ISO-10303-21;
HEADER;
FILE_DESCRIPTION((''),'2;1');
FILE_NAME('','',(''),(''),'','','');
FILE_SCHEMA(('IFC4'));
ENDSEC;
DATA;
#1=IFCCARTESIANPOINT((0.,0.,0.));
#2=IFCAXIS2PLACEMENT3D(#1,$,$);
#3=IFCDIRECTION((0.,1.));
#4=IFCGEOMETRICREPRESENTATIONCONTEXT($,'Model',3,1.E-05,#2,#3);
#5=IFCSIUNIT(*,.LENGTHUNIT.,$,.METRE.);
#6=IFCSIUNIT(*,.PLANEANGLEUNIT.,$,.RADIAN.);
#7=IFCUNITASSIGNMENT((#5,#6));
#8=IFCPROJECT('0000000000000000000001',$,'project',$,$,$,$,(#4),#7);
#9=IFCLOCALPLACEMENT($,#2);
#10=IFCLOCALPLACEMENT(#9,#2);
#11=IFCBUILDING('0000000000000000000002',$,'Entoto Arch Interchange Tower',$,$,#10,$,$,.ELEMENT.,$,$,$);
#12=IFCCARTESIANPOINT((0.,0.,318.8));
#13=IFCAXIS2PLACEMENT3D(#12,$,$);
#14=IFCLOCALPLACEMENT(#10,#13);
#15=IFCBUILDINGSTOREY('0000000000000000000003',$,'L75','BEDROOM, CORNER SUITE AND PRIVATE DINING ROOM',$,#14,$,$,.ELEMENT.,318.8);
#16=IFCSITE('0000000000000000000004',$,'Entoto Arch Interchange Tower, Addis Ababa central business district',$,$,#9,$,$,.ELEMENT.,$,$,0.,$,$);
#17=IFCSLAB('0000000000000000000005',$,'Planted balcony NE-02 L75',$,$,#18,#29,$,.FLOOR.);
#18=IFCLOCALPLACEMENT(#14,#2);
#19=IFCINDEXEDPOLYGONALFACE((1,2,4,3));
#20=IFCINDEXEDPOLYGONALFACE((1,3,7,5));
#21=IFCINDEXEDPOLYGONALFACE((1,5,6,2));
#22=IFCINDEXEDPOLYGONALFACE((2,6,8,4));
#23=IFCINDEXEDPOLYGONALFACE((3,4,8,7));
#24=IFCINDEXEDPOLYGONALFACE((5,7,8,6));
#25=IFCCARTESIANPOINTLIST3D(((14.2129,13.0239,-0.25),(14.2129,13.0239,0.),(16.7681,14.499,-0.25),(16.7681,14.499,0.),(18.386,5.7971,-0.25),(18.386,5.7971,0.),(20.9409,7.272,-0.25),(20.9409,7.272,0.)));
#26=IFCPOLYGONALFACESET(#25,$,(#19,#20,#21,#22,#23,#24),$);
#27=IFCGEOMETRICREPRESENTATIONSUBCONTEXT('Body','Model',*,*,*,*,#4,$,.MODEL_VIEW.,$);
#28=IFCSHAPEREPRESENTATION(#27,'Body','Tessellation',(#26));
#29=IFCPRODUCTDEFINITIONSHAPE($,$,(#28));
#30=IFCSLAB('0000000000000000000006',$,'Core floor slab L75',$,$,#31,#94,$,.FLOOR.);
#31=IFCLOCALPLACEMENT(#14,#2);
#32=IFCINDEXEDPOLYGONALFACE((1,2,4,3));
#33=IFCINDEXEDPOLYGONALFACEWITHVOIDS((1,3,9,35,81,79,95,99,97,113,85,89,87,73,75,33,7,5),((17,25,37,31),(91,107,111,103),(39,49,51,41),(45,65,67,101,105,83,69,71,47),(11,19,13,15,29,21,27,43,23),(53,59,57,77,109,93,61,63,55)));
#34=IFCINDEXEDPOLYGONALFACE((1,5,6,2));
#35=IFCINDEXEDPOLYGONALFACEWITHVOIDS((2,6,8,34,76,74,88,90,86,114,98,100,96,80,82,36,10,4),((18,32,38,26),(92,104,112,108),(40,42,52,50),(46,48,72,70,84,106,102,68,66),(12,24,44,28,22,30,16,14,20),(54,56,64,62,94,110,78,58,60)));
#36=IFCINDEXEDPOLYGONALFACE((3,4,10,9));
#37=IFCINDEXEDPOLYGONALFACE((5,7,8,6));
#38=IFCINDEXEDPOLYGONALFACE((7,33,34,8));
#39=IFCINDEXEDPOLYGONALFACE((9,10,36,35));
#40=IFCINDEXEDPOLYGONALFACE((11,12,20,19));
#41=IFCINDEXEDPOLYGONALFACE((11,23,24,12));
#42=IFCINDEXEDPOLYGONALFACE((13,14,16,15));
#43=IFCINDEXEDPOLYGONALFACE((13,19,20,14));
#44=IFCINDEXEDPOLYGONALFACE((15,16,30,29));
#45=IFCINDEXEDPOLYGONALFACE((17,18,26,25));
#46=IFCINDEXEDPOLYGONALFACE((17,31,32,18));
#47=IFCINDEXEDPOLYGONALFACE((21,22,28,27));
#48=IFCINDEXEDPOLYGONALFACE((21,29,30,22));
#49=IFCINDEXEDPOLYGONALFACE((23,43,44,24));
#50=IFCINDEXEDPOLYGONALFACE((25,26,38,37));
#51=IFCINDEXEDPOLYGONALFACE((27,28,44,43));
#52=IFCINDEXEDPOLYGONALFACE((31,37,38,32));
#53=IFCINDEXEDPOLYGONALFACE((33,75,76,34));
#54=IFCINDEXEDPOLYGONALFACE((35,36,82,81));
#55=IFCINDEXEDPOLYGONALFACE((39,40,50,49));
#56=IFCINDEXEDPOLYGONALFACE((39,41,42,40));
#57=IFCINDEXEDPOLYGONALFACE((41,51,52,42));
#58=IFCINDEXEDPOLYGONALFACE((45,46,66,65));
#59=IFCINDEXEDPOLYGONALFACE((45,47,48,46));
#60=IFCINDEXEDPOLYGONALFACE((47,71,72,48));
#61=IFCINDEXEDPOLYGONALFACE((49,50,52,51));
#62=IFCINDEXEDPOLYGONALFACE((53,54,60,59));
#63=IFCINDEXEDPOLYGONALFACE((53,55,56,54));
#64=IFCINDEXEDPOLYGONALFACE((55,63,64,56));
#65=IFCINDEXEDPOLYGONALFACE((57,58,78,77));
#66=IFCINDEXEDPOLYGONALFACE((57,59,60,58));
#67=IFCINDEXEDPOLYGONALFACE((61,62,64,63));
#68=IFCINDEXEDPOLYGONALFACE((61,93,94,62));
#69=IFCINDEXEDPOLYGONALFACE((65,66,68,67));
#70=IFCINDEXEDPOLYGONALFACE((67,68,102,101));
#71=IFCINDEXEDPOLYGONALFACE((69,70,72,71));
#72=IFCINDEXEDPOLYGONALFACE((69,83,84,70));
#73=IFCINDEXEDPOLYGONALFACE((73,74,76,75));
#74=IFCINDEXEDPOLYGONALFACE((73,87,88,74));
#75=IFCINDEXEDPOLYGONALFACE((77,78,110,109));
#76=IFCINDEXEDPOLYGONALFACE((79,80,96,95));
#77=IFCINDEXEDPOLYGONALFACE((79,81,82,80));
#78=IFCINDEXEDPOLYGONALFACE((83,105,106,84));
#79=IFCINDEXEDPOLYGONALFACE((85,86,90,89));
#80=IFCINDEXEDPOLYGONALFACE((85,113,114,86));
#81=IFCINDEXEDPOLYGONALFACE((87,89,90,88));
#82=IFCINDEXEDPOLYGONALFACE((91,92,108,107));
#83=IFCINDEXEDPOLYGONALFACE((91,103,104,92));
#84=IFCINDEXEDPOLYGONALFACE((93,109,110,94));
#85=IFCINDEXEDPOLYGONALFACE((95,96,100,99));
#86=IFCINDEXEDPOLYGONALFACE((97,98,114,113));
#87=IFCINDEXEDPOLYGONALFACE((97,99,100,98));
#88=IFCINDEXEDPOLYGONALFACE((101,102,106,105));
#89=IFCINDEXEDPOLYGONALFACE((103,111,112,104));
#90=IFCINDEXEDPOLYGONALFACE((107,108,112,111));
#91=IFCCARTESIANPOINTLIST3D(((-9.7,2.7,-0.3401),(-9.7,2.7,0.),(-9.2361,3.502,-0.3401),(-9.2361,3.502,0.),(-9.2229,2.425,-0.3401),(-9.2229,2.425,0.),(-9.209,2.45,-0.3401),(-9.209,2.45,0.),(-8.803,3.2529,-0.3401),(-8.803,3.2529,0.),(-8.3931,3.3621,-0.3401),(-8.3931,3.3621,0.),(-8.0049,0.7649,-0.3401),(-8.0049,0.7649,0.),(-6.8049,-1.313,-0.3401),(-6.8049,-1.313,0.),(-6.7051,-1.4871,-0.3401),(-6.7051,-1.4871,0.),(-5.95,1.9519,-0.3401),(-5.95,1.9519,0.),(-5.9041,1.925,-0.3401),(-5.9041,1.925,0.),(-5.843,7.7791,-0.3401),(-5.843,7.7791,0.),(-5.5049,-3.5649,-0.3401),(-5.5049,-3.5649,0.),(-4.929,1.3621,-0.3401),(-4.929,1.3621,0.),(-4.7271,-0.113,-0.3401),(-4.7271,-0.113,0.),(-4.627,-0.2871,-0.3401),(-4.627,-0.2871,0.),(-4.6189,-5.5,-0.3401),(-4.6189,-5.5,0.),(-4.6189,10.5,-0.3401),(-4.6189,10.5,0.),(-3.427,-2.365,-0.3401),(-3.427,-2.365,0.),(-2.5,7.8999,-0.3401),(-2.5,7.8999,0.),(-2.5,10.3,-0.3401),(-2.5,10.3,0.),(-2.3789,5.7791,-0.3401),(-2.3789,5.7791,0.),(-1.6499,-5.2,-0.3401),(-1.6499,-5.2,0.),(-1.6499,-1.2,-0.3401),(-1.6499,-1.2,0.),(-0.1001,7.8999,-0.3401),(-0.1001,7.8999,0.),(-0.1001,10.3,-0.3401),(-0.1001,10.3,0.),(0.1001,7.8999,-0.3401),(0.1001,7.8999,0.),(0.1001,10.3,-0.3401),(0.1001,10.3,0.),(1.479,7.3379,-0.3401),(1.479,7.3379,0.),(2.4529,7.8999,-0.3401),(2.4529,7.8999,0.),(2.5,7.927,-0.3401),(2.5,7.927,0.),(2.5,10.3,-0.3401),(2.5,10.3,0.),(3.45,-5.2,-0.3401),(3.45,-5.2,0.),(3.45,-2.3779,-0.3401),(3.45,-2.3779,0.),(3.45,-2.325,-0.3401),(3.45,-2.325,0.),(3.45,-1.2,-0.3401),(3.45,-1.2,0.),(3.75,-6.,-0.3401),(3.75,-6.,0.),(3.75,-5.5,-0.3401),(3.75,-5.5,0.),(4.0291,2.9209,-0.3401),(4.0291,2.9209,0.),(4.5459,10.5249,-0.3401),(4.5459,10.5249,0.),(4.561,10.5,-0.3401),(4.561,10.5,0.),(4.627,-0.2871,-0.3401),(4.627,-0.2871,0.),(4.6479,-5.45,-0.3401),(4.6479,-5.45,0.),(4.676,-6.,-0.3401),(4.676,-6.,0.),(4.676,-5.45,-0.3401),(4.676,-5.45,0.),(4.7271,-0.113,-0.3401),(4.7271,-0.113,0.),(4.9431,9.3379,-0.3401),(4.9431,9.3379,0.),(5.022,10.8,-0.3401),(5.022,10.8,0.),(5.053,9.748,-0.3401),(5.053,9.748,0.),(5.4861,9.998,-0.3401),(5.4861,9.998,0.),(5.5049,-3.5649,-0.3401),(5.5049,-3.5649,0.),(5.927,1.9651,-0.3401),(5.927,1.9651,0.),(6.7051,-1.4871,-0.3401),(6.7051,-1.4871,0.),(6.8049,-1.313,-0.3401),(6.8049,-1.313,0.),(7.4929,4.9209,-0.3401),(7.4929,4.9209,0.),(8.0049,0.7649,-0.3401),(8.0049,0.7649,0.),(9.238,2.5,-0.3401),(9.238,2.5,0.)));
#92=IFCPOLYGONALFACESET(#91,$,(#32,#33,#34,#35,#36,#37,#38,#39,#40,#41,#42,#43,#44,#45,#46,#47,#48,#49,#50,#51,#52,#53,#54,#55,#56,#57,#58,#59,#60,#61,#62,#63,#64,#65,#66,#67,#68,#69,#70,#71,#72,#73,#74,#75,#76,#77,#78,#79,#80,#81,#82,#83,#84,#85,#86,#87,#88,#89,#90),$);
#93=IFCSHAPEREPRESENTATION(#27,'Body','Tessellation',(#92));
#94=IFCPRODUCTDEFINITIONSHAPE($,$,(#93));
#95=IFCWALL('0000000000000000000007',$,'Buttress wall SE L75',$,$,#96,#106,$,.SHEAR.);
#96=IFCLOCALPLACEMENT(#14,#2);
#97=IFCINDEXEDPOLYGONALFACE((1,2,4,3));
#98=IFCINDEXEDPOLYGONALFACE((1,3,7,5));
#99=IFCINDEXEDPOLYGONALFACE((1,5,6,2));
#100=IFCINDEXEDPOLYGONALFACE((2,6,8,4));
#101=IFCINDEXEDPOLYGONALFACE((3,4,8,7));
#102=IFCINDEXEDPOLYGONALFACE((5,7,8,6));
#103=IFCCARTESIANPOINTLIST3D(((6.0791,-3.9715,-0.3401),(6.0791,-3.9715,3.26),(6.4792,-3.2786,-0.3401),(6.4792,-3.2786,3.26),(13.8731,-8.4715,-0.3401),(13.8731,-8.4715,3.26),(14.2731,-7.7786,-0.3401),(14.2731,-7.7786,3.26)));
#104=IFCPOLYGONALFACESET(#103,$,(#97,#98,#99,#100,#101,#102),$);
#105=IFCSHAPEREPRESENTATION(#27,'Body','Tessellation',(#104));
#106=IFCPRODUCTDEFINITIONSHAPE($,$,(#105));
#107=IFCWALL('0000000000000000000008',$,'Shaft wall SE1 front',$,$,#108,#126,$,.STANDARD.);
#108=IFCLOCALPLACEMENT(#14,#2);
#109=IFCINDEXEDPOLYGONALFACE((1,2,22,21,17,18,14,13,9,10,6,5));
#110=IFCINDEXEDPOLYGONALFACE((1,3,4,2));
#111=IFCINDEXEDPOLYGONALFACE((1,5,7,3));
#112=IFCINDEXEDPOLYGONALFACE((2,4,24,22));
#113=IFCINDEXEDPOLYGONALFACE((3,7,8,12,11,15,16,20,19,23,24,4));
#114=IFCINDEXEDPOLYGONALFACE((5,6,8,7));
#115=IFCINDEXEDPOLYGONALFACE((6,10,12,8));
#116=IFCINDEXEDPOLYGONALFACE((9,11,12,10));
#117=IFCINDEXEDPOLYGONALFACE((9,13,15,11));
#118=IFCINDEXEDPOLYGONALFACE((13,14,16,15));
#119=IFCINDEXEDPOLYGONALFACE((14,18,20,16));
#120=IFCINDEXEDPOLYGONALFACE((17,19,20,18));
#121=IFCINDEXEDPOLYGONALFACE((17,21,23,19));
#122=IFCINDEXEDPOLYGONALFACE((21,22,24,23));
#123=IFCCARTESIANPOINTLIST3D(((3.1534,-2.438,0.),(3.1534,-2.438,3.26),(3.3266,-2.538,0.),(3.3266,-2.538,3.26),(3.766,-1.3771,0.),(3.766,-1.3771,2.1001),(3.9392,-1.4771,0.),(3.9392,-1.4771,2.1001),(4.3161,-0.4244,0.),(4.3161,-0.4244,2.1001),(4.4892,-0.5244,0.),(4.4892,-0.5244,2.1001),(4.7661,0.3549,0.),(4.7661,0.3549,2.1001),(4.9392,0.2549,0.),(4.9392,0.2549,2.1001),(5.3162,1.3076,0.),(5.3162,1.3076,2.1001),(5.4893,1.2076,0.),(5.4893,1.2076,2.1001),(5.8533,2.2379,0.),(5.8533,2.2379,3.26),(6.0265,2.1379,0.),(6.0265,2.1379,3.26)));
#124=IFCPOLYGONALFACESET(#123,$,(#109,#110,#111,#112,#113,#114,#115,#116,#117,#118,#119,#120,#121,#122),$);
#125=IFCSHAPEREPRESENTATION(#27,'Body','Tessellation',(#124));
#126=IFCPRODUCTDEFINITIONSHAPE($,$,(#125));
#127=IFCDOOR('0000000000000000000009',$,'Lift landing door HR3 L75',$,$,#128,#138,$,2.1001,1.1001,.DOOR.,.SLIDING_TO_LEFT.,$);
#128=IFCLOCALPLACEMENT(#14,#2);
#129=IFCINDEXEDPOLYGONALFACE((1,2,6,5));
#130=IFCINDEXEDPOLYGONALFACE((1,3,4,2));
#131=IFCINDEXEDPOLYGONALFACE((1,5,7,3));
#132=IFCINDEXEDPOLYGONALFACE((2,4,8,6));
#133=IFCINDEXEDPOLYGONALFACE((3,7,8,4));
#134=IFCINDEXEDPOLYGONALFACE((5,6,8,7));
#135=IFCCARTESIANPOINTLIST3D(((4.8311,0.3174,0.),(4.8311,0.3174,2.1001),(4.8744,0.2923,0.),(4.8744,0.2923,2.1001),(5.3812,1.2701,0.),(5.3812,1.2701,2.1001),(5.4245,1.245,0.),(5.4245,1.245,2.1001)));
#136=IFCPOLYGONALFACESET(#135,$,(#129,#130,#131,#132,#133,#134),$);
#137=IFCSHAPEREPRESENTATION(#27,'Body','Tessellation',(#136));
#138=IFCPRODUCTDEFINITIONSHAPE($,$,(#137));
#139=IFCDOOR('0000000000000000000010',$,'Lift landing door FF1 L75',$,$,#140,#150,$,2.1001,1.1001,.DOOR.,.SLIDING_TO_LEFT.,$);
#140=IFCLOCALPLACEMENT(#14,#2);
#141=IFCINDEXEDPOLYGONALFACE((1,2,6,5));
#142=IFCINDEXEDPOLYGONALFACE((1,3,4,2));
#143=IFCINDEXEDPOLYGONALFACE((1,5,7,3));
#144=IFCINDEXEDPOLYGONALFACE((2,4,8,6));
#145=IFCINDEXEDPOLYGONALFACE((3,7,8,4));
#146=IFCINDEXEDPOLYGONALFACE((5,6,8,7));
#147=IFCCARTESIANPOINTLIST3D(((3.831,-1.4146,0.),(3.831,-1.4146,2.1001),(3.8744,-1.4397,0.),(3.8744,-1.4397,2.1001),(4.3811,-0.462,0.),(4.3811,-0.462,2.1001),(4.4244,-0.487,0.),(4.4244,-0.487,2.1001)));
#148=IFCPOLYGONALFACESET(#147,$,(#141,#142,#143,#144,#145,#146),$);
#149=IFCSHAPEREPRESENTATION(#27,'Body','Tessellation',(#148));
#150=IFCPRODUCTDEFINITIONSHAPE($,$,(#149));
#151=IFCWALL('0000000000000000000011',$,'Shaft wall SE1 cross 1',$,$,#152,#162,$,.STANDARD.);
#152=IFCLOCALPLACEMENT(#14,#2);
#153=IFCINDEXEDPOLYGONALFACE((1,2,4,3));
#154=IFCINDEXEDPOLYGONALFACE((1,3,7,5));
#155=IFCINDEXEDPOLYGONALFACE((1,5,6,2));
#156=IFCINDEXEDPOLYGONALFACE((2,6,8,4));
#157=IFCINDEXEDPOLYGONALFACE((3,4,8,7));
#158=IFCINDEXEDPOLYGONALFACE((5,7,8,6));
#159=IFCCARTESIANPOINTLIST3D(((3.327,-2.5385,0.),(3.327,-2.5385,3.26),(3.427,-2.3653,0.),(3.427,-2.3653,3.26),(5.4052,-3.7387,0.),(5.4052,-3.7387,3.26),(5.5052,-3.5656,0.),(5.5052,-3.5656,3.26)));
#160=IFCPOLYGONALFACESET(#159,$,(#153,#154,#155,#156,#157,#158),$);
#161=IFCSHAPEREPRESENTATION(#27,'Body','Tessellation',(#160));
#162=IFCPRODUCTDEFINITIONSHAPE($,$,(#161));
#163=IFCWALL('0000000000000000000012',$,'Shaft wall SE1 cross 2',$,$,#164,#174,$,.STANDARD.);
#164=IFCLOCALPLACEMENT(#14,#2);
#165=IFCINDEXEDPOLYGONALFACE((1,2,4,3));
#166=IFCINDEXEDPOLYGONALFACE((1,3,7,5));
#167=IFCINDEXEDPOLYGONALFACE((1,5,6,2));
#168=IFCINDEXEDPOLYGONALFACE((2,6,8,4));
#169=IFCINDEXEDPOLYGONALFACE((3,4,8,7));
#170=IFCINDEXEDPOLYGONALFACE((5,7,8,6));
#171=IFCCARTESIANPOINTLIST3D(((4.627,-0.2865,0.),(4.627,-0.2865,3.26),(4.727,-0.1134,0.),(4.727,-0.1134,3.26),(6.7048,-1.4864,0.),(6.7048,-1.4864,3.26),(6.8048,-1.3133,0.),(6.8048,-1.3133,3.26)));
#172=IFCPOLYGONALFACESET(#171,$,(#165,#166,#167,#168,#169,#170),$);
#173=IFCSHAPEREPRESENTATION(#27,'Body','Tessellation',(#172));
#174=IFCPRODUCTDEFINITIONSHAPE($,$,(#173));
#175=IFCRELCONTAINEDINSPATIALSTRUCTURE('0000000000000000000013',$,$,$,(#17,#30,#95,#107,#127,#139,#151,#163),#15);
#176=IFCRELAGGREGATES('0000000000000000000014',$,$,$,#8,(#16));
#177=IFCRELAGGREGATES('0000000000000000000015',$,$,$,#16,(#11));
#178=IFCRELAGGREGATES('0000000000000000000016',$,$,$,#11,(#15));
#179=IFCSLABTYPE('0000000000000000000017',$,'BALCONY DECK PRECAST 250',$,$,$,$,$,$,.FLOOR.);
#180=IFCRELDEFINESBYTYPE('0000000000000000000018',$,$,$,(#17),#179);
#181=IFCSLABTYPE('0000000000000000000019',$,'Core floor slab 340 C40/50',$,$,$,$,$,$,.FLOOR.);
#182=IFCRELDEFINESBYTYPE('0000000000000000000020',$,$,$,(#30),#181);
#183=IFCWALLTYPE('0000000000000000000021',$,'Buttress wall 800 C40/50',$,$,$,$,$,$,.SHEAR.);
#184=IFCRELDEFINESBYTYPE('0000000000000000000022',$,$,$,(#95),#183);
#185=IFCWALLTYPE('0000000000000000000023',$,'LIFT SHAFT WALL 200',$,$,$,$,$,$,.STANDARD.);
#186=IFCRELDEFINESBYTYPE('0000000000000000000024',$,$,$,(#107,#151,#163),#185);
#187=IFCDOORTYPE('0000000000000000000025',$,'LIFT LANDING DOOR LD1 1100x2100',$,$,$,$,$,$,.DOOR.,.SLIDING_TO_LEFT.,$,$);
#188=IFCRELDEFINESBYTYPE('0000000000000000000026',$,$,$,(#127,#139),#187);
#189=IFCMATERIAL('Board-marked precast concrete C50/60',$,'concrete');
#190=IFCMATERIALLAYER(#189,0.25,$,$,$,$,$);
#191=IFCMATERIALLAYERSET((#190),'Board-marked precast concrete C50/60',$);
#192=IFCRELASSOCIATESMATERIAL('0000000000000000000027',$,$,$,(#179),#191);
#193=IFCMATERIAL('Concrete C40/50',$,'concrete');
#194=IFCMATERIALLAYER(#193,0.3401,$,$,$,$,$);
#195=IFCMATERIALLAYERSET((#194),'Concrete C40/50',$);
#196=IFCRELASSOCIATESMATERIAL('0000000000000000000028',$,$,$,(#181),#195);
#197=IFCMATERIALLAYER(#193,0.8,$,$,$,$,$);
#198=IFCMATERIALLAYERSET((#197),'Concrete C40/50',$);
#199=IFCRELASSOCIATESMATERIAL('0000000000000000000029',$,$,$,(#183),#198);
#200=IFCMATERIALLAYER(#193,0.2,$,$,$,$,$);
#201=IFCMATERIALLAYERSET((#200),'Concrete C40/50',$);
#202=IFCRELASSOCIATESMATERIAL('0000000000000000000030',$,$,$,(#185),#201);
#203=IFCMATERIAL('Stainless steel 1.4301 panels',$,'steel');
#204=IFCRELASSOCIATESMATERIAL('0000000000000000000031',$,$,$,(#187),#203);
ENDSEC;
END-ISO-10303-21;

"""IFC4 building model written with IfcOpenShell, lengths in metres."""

from ifc_helpers import new_model, si_unit, direction, frame, frame_2d, origin, place, context, subcontext, project, spatial, polyline, rectangle, outline, extrude, material, layer, layer_set, type_object, element, fill, save


model = new_model("IFC4")

# Units and contexts
model_context = context("Model", 3, precision=1e-05, world=origin(), true_north=direction((0.0, 1.0)))
body_context = subcontext(model_context, "Body", "Model", "MODEL_VIEW")
ifc_project = project(units=[si_unit("LENGTHUNIT", "METRE"), si_unit("PLANEANGLEUNIT", "RADIAN")], contexts=[model_context])

# Site, building, storey
site_placement = place(None, origin())
site = spatial("IfcSite", under=ifc_project, at=site_placement, Name="Entoto Arch Interchange Tower, Addis Ababa central business district", CompositionType="ELEMENT", RefElevation=0.0)
building_placement = place(site_placement, origin())
building = spatial("IfcBuilding", under=site, at=building_placement, Name="Entoto Arch Interchange Tower", CompositionType="ELEMENT")
storey_placement = place(building_placement, frame((0.0, 0.0, 318.8)))
storey = spatial("IfcBuildingStorey", under=building, at=storey_placement, Name="L75", Description="BEDROOM, CORNER SUITE AND PRIVATE DINING ROOM", CompositionType="ELEMENT", Elevation=318.8)

# Slabs
ifc_material_1 = material(Name="Board-marked precast concrete C50/60", Category="concrete")
ifc_layer_1 = layer(ifc_material_1, 0.25)
ifc_layer_set_1 = layer_set([ifc_layer_1], Name="Board-marked precast concrete C50/60")
slab_type_1 = type_object("IfcSlabType", Name="BALCONY DECK PRECAST 250", PredefinedType="FLOOR", material=ifc_layer_set_1)
slab_1_placement = place(storey_placement, frame((0.0, 0.0, -0.25)))
element("IfcSlab", 1, at=slab_1_placement, inside=storey, type_object=slab_type_1, Name="Planted balcony NE-02 L75", PredefinedType="FLOOR", context=body_context, shape_type="SweptSolid", body=[
    extrude(outline(polyline([(18.386, 5.7971), (14.2129, 13.0239), (16.7681, 14.499), (20.9409, 7.272), (18.386, 5.7971)])), origin(), (0.0, 0.0, 1.0), 0.25),
])
ifc_material_2 = material(Name="Concrete C40/50", Category="concrete")
ifc_layer_2 = layer(ifc_material_2, 0.3401)
ifc_layer_set_2 = layer_set([ifc_layer_2], Name="Concrete C40/50")
slab_type_2 = type_object("IfcSlabType", Name="Core floor slab 340 C40/50", PredefinedType="FLOOR", material=ifc_layer_set_2)
slab_2_placement = place(storey_placement, frame((0.0, 0.0, -0.3401)))
element("IfcSlab", 2, at=slab_2_placement, inside=storey, type_object=slab_type_2, Name="Core floor slab L75", PredefinedType="FLOOR", context=body_context, shape_type="SweptSolid", body=[
    extrude(outline(polyline([(-9.209, 2.45), (-9.2229, 2.425), (-9.7, 2.7), (-9.2361, 3.502), (-8.803, 3.2529), (-4.6189, 10.5), (4.561, 10.5), (4.5459, 10.5249), (5.022, 10.8), (5.4861, 9.998), (5.053, 9.748), (9.238, 2.5), (4.6479, -5.45), (4.676, -5.45), (4.676, -6.0), (3.75, -6.0), (3.75, -5.5), (-4.6189, -5.5), (-9.209, 2.45)]), holes=[polyline([(-1.6499, -5.2), (3.45, -5.2), (3.45, -2.3779), (5.5049, -3.5649), (6.7051, -1.4871), (4.627, -0.2871), (3.45, -2.325), (3.45, -1.2), (-1.6499, -1.2), (-1.6499, -5.2)]), polyline([(-4.627, -0.2871), (-6.7051, -1.4871), (-5.5049, -3.5649), (-3.427, -2.365), (-4.627, -0.2871)]), polyline([(-5.9041, 1.925), (-4.929, 1.3621), (-2.3789, 5.7791), (-5.843, 7.7791), (-8.3931, 3.3621), (-5.95, 1.9519), (-8.0049, 0.7649), (-6.8049, -1.313), (-4.7271, -0.113), (-5.9041, 1.925)]), polyline([(4.7271, -0.113), (6.8049, -1.313), (8.0049, 0.7649), (5.927, 1.9651), (4.7271, -0.113)]), polyline([(2.5, 7.927), (2.5, 10.3), (0.1001, 10.3), (0.1001, 7.8999), (2.4529, 7.8999), (1.479, 7.3379), (4.0291, 2.9209), (7.4929, 4.9209), (4.9431, 9.3379), (2.5, 7.927)]), polyline([(-2.5, 7.8999), (-0.1001, 7.8999), (-0.1001, 10.3), (-2.5, 10.3), (-2.5, 7.8999)])]), origin(), (0.0, 0.0, 1.0), 0.3401),
])

# Wall
ifc_layer_3 = layer(ifc_material_2, 0.8)
ifc_layer_set_3 = layer_set([ifc_layer_3], Name="Concrete C40/50")
wall_type_1 = type_object("IfcWallType", Name="Buttress wall 800 C40/50", PredefinedType="SHEAR", material=ifc_layer_set_3)
wall_1_placement = place(storey_placement, frame((6.2791, -3.625, -0.3401), z_axis=(0.0, 0.0, 1.0), x_axis=(0.866018, -0.500014, 0.0)))
element("IfcWall", 3, at=wall_1_placement, inside=storey, type_object=wall_type_1, Name="Buttress wall SE L75", PredefinedType="SHEAR", context=body_context, shape_type="SweptSolid", body=[
    extrude(rectangle(XDim=8.9998, YDim=0.8, at=frame_2d((4.5, 0.0))), origin(), (0.0, 0.0, 1.0), 3.6001),
])

# Wall, openings, doors
ifc_layer_4 = layer(ifc_material_2, 0.2)
ifc_layer_set_4 = layer_set([ifc_layer_4], Name="Concrete C40/50")
wall_type_2 = type_object("IfcWallType", Name="LIFT SHAFT WALL 200", PredefinedType="STANDARD", material=ifc_layer_set_4)
wall_2_placement = place(storey_placement, frame((3.24, -2.488, 0.0), z_axis=(0.0, 0.0, 1.0), x_axis=(0.500034, 0.866006, 0.0)))
wall_2 = element("IfcWall", 4, at=wall_2_placement, inside=storey, type_object=wall_type_2, Name="Shaft wall SE1 front", PredefinedType="STANDARD", context=body_context, shape_type="SweptSolid", body=[
    extrude(rectangle(XDim=5.3994, YDim=0.2, at=frame_2d((2.6997, 0.0))), origin(), (0.0, 0.0, 1.0), 3.26),
])
opening_1_placement = place(wall_2_placement, frame((3.2251, 0.0, 0.0)))
opening_1 = element("IfcOpeningElement", 5, at=opening_1_placement, cuts=wall_2, PredefinedType="OPENING", context=body_context, shape_type="SweptSolid", body=[
    extrude(rectangle(XDim=1.1001, YDim=2.1001, at=frame_2d((0.55, 1.05))), frame((0.0, 0.1099, 0.0), z_axis=(0.0, -1.0, 0.0), x_axis=(1.0, 0.0, 0.0)), (0.0, 0.0, 1.0), 0.22),
])
opening_2_placement = place(wall_2_placement, frame((1.2251, 0.0, 0.0)))
opening_2 = element("IfcOpeningElement", 6, at=opening_2_placement, cuts=wall_2, PredefinedType="OPENING", context=body_context, shape_type="SweptSolid", body=[
    extrude(rectangle(XDim=1.1001, YDim=2.1001, at=frame_2d((0.55, 1.05))), frame((0.0, 0.1099, 0.0), z_axis=(0.0, -1.0, 0.0), x_axis=(1.0, 0.0, 0.0)), (0.0, 0.0, 1.0), 0.22),
])
ifc_material_3 = material(Name="Stainless steel 1.4301 panels", Category="steel")
door_type = type_object("IfcDoorType", Name="LIFT LANDING DOOR LD1 1100x2100", OperationType="SLIDING_TO_LEFT", PredefinedType="DOOR", material=ifc_material_3)
door_1_placement = place(opening_1_placement, origin())
door_1 = element("IfcDoor", 7, at=door_1_placement, inside=storey, type_object=door_type, Name="Lift landing door HR3 L75", OperationType="SLIDING_TO_LEFT", OverallHeight=2.1001, OverallWidth=1.1001, PredefinedType="DOOR", context=body_context, shape_type="SweptSolid", body=[
    extrude(rectangle(XDim=1.1001, YDim=2.1001, at=frame_2d((0.55, 1.05))), frame((0.0, 0.0249, 0.0), z_axis=(0.0, -1.0, 0.0), x_axis=(1.0, 0.0, 0.0)), (0.0, 0.0, 1.0), 0.05),
])
fill(opening_1, door_1)
door_2_placement = place(opening_2_placement, origin())
door_2 = element("IfcDoor", 8, at=door_2_placement, inside=storey, type_object=door_type, Name="Lift landing door FF1 L75", OperationType="SLIDING_TO_LEFT", OverallHeight=2.1001, OverallWidth=1.1001, PredefinedType="DOOR", context=body_context, shape_type="SweptSolid", body=[
    extrude(rectangle(XDim=1.1001, YDim=2.1001, at=frame_2d((0.55, 1.05))), frame((0.0, 0.0249, 0.0), z_axis=(0.0, -1.0, 0.0), x_axis=(1.0, 0.0, 0.0)), (0.0, 0.0, 1.0), 0.05),
])
fill(opening_2, door_2)

# Walls
wall_3_placement = place(storey_placement, frame((3.377, -2.4519, 0.0), z_axis=(0.0, 0.0, 1.0), x_axis=(0.865955, -0.500122, 0.0)))
element("IfcWall", 9, at=wall_3_placement, inside=storey, type_object=wall_type_2, Name="Shaft wall SE1 cross 1", PredefinedType="STANDARD", context=body_context, shape_type="SweptSolid", body=[
    extrude(rectangle(XDim=2.3999, YDim=0.2, at=frame_2d((1.2, 0.0))), origin(), (0.0, 0.0, 1.0), 3.26),
])
wall_4_placement = place(storey_placement, frame((4.677, -0.2, 0.0), z_axis=(0.0, 0.0, 1.0), x_axis=(0.865974, -0.500089, 0.0)))
element("IfcWall", 10, at=wall_4_placement, inside=storey, type_object=wall_type_2, Name="Shaft wall SE1 cross 2", PredefinedType="STANDARD", context=body_context, shape_type="SweptSolid", body=[
    extrude(rectangle(XDim=2.3994, YDim=0.2, at=frame_2d((1.1997, 0.0))), origin(), (0.0, 0.0, 1.0), 3.26),
])

save(model, "model.ifc")
